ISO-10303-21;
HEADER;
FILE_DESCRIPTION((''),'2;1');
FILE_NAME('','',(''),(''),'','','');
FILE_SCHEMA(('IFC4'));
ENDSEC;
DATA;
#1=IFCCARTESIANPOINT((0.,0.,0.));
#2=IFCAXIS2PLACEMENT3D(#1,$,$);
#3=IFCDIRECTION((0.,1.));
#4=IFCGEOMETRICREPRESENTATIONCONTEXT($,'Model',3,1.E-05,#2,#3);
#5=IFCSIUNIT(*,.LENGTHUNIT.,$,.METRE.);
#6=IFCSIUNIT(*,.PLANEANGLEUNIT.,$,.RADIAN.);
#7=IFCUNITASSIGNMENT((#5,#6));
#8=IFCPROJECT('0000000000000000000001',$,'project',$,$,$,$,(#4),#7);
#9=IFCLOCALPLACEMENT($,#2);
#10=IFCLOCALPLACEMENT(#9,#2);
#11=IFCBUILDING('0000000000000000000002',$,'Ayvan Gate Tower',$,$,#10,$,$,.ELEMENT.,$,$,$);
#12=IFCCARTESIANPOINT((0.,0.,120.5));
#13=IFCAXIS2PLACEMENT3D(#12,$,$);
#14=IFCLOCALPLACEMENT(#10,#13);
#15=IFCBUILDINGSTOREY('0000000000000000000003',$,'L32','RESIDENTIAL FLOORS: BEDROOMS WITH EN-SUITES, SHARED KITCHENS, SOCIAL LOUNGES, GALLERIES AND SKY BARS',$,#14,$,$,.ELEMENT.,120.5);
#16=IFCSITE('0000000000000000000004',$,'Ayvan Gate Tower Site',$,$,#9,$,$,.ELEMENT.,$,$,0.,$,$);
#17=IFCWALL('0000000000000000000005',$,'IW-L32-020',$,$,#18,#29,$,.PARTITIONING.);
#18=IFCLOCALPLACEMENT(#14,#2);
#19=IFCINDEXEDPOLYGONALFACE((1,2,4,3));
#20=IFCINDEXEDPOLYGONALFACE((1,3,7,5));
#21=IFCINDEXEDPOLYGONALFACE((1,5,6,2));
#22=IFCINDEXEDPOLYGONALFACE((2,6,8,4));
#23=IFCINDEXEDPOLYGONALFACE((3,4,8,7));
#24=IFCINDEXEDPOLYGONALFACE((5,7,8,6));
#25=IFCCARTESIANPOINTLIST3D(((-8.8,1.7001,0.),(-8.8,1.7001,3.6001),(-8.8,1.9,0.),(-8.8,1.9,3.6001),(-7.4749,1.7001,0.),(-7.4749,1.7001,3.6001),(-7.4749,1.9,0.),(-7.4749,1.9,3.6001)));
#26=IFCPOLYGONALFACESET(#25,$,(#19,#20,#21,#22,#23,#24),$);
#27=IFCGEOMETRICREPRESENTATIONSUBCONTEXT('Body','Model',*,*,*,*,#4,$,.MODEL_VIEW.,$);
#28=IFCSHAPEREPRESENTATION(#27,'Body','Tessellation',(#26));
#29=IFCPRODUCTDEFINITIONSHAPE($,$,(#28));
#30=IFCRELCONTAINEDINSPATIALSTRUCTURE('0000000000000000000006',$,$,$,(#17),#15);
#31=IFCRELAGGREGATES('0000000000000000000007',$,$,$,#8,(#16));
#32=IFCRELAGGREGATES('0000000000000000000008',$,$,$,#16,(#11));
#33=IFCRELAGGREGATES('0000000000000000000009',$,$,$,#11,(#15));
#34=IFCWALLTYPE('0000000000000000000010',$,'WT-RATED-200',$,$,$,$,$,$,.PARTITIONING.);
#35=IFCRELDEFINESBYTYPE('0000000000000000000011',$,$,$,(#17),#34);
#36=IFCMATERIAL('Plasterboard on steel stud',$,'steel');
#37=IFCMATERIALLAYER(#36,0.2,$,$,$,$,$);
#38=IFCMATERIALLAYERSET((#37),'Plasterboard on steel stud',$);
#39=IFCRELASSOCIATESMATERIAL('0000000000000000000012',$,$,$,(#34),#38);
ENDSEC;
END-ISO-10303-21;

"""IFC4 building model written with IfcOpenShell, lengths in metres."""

from ifc_helpers import new_model, si_unit, direction, frame, frame_2d, origin, place, context, subcontext, project, spatial, rectangle, extrude, material, layer, layer_set, type_object, element, save


model = new_model("IFC4")

# Units and contexts
model_context = context("Model", 3, precision=1e-05, world=origin(), true_north=direction((0.0, 1.0)))
body_context = subcontext(model_context, "Body", "Model", "MODEL_VIEW")
ifc_project = project(units=[si_unit("LENGTHUNIT", "METRE"), si_unit("PLANEANGLEUNIT", "RADIAN")], contexts=[model_context])

# Site, building, storey
site_placement = place(None, origin())
site = spatial("IfcSite", under=ifc_project, at=site_placement, Name="Ayvan Gate Tower Site", CompositionType="ELEMENT", RefElevation=0.0)
building_placement = place(site_placement, origin())
building = spatial("IfcBuilding", under=site, at=building_placement, Name="Ayvan Gate Tower", CompositionType="ELEMENT")
storey_placement = place(building_placement, frame((0.0, 0.0, 120.5)))
storey = spatial("IfcBuildingStorey", under=building, at=storey_placement, Name="L32", Description="RESIDENTIAL FLOORS: BEDROOMS WITH EN-SUITES, SHARED KITCHENS, SOCIAL LOUNGES, GALLERIES AND SKY BARS", CompositionType="ELEMENT", Elevation=120.5)

# Shared definitions
ifc_material_1 = material(Name="Plasterboard on steel stud", Category="steel")

# Wall
ifc_layer_1 = layer(ifc_material_1, 0.2)
ifc_layer_set_1 = layer_set([ifc_layer_1], Name="Plasterboard on steel stud")
wall_type_1 = type_object("IfcWallType", Name="WT-RATED-200", PredefinedType="PARTITIONING", material=ifc_layer_set_1)
wall_1_placement = place(storey_placement, frame((-8.8, 1.8, 0.0), z_axis=(0.0, 0.0, 1.0), x_axis=(1.0, 0.0, 0.0)))
element("IfcWall", 1, at=wall_1_placement, inside=storey, type_object=wall_type_1, Name="IW-L32-020", PredefinedType="PARTITIONING", context=body_context, shape_type="SweptSolid", body=[
    extrude(rectangle(XDim=1.3252, YDim=0.2, at=frame_2d((0.6626, 0.0))), origin(), (0.0, 0.0, 1.0), 3.6001),
])

save(model, "model.ifc")
